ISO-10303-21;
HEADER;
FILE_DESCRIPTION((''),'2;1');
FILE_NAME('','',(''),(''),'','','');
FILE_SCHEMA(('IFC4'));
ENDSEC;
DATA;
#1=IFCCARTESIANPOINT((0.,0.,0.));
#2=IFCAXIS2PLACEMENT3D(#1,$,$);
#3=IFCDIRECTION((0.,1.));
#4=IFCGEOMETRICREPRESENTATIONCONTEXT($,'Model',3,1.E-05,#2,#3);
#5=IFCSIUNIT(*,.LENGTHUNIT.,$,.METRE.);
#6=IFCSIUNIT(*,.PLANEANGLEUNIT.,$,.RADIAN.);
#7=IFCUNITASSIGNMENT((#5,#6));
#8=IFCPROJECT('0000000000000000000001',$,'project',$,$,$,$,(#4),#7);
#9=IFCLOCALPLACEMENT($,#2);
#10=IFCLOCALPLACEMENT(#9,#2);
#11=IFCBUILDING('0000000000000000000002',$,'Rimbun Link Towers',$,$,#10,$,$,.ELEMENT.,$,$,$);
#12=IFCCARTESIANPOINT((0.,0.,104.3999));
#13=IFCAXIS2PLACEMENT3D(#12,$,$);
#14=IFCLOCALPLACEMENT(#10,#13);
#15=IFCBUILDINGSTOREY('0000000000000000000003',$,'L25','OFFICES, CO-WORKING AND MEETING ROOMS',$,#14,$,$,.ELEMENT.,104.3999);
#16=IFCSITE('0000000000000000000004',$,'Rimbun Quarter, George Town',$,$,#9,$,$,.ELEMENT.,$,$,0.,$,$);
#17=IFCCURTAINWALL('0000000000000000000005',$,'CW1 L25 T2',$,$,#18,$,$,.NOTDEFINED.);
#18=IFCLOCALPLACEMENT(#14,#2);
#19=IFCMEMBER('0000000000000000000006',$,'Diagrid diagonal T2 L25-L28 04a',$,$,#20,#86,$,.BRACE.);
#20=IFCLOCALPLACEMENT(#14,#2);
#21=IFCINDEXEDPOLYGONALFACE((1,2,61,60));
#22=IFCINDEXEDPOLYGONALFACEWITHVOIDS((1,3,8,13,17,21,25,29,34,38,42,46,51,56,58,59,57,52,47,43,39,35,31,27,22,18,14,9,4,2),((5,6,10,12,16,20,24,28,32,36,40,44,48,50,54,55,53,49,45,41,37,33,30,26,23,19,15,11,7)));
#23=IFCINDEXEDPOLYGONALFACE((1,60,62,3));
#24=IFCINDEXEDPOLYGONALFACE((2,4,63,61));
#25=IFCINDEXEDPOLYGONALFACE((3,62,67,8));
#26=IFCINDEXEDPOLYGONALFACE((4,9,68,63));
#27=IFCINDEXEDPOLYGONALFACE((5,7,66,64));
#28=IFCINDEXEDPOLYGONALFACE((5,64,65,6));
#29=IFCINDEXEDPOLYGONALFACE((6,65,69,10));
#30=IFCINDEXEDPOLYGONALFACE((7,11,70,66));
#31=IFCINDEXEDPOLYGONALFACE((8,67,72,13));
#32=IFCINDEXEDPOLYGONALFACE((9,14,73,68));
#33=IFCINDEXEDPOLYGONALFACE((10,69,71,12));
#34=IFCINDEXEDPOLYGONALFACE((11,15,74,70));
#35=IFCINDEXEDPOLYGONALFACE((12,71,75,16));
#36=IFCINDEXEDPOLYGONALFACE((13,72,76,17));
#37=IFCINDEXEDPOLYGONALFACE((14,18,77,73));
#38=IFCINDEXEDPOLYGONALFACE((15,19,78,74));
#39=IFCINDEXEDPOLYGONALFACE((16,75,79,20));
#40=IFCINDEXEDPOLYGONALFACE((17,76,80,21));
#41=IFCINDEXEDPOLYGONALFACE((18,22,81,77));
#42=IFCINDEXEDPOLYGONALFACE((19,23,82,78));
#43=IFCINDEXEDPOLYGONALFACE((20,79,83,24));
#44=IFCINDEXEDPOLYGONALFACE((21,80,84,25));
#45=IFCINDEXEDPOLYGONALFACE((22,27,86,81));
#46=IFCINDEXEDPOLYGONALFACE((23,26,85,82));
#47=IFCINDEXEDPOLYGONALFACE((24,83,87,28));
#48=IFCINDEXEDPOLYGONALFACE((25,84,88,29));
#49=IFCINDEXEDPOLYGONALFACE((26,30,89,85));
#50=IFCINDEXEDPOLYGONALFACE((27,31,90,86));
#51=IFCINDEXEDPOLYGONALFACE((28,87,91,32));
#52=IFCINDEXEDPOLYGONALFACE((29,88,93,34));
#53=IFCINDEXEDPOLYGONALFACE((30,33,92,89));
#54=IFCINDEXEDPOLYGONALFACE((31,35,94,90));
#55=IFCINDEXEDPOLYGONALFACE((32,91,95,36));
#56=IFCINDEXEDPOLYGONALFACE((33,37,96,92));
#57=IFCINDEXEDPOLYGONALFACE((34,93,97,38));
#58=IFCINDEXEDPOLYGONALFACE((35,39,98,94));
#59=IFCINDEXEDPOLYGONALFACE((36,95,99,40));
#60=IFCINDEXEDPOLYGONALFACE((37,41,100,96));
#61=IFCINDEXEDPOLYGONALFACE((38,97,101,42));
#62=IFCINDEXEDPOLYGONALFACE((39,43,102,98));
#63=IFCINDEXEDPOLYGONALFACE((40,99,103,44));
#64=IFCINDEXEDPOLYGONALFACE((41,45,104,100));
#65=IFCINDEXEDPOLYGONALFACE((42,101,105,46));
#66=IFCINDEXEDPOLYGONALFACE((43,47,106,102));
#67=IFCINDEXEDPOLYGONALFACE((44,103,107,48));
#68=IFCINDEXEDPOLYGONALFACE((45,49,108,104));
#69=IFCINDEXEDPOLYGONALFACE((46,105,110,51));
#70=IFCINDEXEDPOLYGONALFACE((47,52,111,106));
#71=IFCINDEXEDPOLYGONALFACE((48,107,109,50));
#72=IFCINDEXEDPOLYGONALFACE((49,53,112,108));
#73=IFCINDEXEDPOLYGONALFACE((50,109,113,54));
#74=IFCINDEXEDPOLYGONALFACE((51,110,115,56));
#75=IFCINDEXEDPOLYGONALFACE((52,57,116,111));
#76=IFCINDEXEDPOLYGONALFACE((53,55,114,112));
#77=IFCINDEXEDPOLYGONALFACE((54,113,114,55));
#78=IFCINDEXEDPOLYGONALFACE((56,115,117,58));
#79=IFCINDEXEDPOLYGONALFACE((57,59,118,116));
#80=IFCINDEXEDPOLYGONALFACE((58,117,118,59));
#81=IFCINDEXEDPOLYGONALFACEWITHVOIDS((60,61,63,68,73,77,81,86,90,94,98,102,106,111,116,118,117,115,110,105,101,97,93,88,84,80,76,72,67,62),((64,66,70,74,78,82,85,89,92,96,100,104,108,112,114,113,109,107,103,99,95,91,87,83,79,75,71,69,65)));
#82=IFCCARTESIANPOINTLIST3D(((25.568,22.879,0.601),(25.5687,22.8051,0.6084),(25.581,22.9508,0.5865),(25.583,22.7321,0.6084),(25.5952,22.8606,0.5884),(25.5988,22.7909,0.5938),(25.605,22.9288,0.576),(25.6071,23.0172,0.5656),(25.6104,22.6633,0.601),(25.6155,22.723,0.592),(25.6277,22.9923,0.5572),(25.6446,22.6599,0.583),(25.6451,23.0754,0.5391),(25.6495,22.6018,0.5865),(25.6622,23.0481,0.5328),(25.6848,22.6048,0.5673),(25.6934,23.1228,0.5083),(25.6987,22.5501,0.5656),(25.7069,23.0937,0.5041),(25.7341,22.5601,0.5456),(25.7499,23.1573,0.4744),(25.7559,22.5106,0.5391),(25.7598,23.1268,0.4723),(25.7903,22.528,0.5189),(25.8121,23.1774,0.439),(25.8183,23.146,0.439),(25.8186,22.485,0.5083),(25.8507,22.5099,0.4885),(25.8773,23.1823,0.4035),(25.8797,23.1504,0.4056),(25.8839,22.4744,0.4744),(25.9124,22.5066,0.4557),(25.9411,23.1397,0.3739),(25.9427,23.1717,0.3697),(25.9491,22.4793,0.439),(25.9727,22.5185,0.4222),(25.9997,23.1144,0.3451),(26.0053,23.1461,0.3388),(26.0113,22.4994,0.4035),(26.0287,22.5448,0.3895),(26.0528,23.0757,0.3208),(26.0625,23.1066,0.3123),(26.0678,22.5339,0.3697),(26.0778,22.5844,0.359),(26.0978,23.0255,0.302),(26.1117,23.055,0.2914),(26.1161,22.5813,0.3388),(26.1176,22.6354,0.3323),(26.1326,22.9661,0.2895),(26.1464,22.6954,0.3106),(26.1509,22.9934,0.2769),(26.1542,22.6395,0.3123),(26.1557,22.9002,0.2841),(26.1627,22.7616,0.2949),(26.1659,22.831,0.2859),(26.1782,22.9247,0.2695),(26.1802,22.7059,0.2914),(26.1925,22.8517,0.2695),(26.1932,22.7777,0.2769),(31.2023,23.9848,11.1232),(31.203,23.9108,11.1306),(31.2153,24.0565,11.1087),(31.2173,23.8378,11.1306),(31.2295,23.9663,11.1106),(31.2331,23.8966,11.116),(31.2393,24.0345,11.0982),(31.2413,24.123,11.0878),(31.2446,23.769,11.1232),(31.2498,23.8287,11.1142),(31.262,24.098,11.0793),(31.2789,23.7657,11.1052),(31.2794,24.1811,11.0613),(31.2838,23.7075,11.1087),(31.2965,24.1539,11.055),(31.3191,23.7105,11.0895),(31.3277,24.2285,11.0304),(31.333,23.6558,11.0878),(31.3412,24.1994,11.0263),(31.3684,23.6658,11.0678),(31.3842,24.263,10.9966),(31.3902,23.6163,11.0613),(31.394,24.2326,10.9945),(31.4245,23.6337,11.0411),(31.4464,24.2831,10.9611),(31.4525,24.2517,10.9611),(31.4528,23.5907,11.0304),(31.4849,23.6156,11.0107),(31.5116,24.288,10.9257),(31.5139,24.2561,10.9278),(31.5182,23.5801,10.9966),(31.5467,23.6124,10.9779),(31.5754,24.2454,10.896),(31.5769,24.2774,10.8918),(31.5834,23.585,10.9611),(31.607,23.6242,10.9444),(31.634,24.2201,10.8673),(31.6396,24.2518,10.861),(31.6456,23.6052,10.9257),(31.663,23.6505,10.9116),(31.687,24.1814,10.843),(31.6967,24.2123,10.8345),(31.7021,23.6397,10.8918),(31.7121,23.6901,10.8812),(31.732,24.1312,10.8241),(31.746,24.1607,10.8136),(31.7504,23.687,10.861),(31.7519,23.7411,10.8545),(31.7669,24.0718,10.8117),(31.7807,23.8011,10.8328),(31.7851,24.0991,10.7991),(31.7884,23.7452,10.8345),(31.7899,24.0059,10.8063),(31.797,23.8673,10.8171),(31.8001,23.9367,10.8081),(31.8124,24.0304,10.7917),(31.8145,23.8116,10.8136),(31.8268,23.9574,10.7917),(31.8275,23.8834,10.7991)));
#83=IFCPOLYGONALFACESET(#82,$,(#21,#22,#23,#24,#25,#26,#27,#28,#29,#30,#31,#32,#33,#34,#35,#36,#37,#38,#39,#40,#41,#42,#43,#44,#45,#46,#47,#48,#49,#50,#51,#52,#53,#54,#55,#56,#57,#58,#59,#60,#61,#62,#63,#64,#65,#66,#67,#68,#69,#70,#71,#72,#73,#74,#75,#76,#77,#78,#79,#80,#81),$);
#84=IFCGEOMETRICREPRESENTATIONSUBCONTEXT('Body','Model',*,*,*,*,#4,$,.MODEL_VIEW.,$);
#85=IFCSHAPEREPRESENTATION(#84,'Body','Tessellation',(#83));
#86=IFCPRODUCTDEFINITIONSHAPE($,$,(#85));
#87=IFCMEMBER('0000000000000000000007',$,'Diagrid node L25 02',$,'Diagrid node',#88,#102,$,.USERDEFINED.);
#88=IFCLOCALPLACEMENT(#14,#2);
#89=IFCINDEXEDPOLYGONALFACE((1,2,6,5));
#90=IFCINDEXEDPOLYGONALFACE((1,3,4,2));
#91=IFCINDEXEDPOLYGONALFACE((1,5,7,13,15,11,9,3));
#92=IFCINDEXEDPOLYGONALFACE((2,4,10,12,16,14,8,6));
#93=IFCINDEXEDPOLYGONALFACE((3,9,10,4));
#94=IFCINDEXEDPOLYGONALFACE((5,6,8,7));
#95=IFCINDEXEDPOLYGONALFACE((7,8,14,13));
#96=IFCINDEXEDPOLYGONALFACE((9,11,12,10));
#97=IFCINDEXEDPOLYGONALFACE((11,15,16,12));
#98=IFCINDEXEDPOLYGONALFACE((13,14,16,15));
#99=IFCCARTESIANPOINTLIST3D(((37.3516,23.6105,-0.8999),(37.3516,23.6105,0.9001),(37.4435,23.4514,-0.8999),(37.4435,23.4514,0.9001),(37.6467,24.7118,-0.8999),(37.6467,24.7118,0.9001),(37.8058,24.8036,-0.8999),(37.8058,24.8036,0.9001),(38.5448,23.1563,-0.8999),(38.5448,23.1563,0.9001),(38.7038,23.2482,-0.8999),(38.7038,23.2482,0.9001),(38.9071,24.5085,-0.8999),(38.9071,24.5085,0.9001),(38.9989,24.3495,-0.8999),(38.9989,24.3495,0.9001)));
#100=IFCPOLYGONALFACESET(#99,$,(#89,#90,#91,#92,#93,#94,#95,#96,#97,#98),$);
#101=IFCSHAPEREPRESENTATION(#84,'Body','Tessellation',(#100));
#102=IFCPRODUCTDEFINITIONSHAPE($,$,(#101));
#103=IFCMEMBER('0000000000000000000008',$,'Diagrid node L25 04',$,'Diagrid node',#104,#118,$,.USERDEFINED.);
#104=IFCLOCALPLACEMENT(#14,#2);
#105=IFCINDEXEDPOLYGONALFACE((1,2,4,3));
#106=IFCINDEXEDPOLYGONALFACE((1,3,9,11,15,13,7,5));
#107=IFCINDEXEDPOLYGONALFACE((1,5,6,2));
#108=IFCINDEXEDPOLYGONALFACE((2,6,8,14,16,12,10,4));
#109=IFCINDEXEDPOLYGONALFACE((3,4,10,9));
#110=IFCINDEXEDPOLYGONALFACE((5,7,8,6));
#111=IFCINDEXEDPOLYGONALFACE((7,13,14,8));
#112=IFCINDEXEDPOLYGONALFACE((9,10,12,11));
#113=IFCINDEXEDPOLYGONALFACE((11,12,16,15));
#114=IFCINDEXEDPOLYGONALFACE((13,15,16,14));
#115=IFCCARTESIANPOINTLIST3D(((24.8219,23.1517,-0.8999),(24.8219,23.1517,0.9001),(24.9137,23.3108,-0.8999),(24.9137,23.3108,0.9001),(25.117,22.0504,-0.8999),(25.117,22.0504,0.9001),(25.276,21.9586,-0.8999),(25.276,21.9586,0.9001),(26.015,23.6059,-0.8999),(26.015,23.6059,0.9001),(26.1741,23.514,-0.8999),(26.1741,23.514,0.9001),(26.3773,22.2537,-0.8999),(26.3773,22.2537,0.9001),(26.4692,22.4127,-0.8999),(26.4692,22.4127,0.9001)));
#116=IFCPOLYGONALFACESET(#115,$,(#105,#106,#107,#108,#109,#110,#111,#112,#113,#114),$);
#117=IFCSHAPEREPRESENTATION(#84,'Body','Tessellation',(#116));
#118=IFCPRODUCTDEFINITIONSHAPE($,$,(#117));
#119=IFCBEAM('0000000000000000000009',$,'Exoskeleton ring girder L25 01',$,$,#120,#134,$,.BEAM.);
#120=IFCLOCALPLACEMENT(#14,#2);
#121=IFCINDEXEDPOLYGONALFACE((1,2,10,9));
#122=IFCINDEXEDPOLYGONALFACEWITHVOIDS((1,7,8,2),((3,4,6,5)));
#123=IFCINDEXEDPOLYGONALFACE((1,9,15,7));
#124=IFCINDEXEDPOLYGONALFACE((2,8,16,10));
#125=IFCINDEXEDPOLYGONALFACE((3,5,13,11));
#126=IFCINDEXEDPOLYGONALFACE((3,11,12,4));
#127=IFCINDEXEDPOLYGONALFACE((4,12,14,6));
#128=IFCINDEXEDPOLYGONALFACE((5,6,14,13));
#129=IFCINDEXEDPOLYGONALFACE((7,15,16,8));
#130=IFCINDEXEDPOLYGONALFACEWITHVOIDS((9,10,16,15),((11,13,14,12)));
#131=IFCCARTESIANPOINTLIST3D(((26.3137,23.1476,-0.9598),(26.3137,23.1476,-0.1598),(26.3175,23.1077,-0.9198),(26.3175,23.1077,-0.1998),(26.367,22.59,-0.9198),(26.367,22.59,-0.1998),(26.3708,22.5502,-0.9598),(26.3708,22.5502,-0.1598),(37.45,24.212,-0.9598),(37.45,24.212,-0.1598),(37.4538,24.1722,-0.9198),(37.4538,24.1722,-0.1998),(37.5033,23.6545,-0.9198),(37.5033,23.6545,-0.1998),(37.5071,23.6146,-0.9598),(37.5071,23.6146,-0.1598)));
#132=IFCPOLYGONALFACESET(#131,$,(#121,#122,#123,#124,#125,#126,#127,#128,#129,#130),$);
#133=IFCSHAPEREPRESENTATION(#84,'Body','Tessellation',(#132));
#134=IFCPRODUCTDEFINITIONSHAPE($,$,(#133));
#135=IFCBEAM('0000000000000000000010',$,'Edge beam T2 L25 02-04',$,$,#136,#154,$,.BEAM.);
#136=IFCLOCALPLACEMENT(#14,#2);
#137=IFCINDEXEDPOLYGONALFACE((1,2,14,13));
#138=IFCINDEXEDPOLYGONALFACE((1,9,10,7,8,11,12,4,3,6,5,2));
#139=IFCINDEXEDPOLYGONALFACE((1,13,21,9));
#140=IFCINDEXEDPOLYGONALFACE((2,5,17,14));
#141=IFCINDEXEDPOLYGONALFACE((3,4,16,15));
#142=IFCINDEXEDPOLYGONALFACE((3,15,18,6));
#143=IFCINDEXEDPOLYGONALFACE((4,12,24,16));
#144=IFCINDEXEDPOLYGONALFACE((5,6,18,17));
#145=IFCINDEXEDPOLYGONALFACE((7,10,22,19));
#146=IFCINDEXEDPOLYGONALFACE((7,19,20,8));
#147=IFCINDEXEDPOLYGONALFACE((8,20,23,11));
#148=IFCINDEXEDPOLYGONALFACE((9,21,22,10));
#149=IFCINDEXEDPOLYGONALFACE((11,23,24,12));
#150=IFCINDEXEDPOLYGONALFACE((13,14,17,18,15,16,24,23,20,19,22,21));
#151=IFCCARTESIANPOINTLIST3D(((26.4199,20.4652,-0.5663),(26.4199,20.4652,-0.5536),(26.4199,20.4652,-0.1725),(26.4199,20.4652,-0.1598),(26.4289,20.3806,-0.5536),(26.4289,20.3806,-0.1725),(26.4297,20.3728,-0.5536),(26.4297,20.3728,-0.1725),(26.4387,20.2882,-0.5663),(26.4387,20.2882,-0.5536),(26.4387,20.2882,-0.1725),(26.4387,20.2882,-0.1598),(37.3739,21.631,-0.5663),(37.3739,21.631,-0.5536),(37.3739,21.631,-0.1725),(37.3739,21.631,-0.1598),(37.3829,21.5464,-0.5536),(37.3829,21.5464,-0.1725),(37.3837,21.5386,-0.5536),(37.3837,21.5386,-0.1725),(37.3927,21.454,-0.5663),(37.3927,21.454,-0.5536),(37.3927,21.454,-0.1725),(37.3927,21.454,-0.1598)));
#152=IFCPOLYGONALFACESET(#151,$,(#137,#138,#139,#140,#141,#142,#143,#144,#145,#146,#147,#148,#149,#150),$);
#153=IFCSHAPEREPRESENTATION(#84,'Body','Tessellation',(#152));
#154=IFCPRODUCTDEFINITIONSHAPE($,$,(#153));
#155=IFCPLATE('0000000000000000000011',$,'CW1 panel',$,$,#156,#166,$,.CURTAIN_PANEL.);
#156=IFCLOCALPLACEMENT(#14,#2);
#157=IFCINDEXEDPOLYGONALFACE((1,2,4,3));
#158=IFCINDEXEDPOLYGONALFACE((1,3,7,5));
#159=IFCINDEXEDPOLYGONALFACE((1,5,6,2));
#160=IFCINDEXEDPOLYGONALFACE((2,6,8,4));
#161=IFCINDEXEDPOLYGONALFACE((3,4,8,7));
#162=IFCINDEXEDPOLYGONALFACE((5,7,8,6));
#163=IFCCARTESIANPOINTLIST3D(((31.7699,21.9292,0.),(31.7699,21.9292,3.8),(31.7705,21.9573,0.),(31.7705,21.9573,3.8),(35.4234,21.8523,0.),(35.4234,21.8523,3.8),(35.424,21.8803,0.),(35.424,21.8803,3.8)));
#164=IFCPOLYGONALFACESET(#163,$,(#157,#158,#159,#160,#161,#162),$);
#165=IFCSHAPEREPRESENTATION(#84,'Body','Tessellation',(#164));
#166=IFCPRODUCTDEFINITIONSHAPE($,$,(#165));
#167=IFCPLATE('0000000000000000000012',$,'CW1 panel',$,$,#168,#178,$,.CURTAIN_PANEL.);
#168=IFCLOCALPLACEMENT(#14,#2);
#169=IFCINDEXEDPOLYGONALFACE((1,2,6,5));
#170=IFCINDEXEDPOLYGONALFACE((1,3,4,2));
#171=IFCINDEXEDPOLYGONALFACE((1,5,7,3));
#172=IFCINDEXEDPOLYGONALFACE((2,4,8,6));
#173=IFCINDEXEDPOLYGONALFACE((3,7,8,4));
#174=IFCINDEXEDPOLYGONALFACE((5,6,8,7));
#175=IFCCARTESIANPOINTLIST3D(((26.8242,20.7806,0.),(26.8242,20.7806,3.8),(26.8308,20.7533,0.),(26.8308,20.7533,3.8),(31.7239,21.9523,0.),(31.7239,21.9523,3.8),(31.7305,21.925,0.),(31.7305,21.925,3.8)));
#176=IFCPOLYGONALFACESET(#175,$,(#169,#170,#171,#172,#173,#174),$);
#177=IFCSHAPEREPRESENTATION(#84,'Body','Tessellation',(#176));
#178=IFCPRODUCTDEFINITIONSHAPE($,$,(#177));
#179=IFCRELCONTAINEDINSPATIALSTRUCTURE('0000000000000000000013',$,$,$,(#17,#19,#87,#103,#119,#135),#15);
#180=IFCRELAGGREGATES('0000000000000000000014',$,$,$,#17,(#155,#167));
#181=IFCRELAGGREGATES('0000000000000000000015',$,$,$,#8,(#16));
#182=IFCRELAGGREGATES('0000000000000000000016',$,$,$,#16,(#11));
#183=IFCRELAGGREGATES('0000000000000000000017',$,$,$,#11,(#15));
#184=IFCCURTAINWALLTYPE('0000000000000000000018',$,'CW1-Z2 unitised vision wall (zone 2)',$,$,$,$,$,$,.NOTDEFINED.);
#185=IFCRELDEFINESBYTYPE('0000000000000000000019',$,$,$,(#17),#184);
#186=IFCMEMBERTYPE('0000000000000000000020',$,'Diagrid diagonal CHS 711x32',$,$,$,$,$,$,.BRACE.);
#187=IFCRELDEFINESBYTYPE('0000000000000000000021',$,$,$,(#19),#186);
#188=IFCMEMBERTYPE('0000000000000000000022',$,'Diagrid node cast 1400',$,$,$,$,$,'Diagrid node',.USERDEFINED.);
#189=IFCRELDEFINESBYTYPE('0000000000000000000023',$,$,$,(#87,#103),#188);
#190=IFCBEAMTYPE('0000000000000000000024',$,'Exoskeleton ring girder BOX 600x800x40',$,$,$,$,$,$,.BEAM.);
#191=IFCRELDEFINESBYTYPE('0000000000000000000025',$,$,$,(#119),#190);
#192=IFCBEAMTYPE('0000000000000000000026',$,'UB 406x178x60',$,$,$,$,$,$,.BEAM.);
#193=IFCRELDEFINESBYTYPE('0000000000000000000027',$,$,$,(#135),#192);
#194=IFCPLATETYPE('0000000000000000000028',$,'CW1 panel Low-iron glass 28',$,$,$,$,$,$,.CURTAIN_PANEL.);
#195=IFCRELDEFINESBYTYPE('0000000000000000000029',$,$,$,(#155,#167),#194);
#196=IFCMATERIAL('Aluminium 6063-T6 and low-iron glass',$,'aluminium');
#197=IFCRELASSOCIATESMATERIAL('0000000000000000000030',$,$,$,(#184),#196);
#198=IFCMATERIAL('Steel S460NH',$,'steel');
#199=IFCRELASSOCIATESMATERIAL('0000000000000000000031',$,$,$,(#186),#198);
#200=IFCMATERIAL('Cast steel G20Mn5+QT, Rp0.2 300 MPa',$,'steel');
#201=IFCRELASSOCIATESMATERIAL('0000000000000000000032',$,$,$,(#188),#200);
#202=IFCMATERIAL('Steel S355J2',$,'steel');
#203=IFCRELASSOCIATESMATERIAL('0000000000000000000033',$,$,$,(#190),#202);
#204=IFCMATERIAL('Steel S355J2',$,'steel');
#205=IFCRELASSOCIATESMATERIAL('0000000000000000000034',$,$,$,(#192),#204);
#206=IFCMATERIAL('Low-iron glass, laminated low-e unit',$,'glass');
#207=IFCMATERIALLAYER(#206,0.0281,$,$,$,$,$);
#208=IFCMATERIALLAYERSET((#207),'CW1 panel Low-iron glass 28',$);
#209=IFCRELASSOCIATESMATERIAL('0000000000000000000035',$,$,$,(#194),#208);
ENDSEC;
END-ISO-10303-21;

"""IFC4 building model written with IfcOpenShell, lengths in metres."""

from ifc_helpers import new_model, si_unit, direction, frame, origin, origin_2d, place, context, subcontext, project, spatial, polyline, rectangle, hollow_rectangle, hollow_circle, i_section, outline, extrude, material, layer, layer_set, material_profile, profile_set, type_object, element, aggregate, save


model = new_model("IFC4")

# Units and contexts
model_context = context("Model", 3, precision=1e-05, world=origin(), true_north=direction((0.0, 1.0)))
body_context = subcontext(model_context, "Body", "Model", "MODEL_VIEW")
ifc_project = project(units=[si_unit("LENGTHUNIT", "METRE"), si_unit("PLANEANGLEUNIT", "RADIAN")], contexts=[model_context])

# Site, building, storey
site_placement = place(None, origin())
site = spatial("IfcSite", under=ifc_project, at=site_placement, Name="Rimbun Quarter, George Town", CompositionType="ELEMENT", RefElevation=0.0)
building_placement = place(site_placement, origin())
building = spatial("IfcBuilding", under=site, at=building_placement, Name="Rimbun Link Towers", CompositionType="ELEMENT")
storey_placement = place(building_placement, frame((0.0, 0.0, 104.3999)))
storey = spatial("IfcBuildingStorey", under=building, at=storey_placement, Name="L25", Description="OFFICES, CO-WORKING AND MEETING ROOMS", CompositionType="ELEMENT", Elevation=104.3999)

# Curtain wall
ifc_material_1 = material(Name="Aluminium 6063-T6 and low-iron glass", Category="aluminium")
curtain_wall_type = type_object("IfcCurtainWallType", Name="CW1-Z2 unitised vision wall (zone 2)", PredefinedType="NOTDEFINED", material=ifc_material_1)
curtain_wall_placement = place(storey_placement, origin())
curtain_wall = element("IfcCurtainWall", 1, at=curtain_wall_placement, inside=storey, type_object=curtain_wall_type, Name="CW1 L25 T2", PredefinedType="NOTDEFINED")

# Members
ifc_material_2 = material(Name="Steel S460NH", Category="steel")
ifc_material_profile_1 = material_profile(ifc_material_2, hollow_circle(Radius=0.3557, WallThickness=0.032, at=origin_2d()), Name="Diagrid diagonal CHS 711x32")
ifc_profile_set_1 = profile_set([ifc_material_profile_1], Name="Steel S460NH")
member_type_1 = type_object("IfcMemberType", Name="Diagrid diagonal CHS 711x32", PredefinedType="BRACE", material=ifc_profile_set_1)
member_1_placement = place(storey_placement, frame((25.8806, 22.8284, 0.439), z_axis=(0.470038, 0.092244, 0.877813), x_axis=(-0.192574, 0.981282, 0.0)))
element("IfcMember", 2, at=member_1_placement, inside=storey, type_object=member_type_1, Name="Diagrid diagonal T2 L25-L28 04a", PredefinedType="BRACE", context=body_context, shape_type="SweptSolid", body=[
    extrude(hollow_circle(Radius=0.3557, WallThickness=0.032, at=origin_2d()), origin(), (0.0, 0.0, 1.0), 11.9868),
])
ifc_material_3 = material(Name="Cast steel G20Mn5+QT, Rp0.2 300 MPa", Category="steel")
ifc_material_profile_2 = material_profile(ifc_material_3, outline(polyline([(0.7, -0.5701), (0.7, 0.5701), (0.5701, 0.7), (-0.5701, 0.7), (-0.7, 0.5701), (-0.7, -0.5701), (-0.5701, -0.7), (0.5701, -0.7), (0.7, -0.5701)])), Name="NODE 1400x1400")
ifc_profile_set_2 = profile_set([ifc_material_profile_2], Name="Cast steel G20Mn5+QT, Rp0.2 300 MPa")
member_type_2 = type_object("IfcMemberType", Name="Diagrid node cast 1400", ElementType="Diagrid node", PredefinedType="USERDEFINED", material=ifc_profile_set_2)
for number, where, z_axis, x_axis, name in (
    (3, (38.1753, 23.98, -0.8999), (0.0, 0.0, 1.0), (0.258819, 0.965926, 0.0), "Diagrid node L25 02"),
    (4, (25.6455, 22.7822, -0.8999), (0.0, 0.0, 1.0), (-0.258819, 0.965926, 0.0), "Diagrid node L25 04"),
):
    element("IfcMember", number, at=place(storey_placement, frame(where, z_axis=z_axis, x_axis=x_axis)), inside=storey, type_object=member_type_2, Name=name, ObjectType="Diagrid node", PredefinedType="USERDEFINED", context=body_context, shape_type="SweptSolid", body=[
        extrude(outline(polyline([(0.7, -0.5701), (0.7, 0.5701), (0.5701, 0.7), (-0.5701, 0.7), (-0.7, 0.5701), (-0.7, -0.5701), (-0.5701, -0.7), (0.5701, -0.7), (0.7, -0.5701)])), origin(), (0.0, 0.0, 1.0), 1.8),
    ])

# Beams
ifc_material_4 = material(Name="Steel S355J2", Category="steel")
ifc_material_profile_3 = material_profile(ifc_material_4, hollow_rectangle(XDim=0.6001, YDim=0.8, WallThickness=0.04, at=origin_2d()), Name="Exoskeleton ring girder BOX 600x800x40")
ifc_profile_set_3 = profile_set([ifc_material_profile_3], Name="Steel S355J2")
beam_type_1 = type_object("IfcBeamType", Name="Exoskeleton ring girder BOX 600x800x40", PredefinedType="BEAM", material=ifc_profile_set_3)
beam_1_placement = place(storey_placement, frame((37.4785, 23.9133, -0.5598), z_axis=(-0.995463, -0.095151, 0.0), x_axis=(0.095151, -0.995463, 0.0)))
element("IfcBeam", 5, at=beam_1_placement, inside=storey, type_object=beam_type_1, Name="Exoskeleton ring girder L25 01", PredefinedType="BEAM", context=body_context, shape_type="SweptSolid", body=[
    extrude(hollow_rectangle(XDim=0.6001, YDim=0.8, WallThickness=0.04, at=origin_2d()), origin(), (0.0, 0.0, 1.0), 11.187),
])
ifc_material_5 = material(Name="Steel S355J2", Category="steel")
ifc_material_profile_4 = material_profile(ifc_material_5, i_section(OverallWidth=0.178, OverallDepth=0.4065, WebThickness=0.0078, FlangeThickness=0.0127, at=origin_2d()), Name="UB 406x178x60")
ifc_profile_set_4 = profile_set([ifc_material_profile_4], Name="Steel S355J2")
beam_type_2 = type_object("IfcBeamType", Name="UB 406x178x60", PredefinedType="BEAM", material=ifc_profile_set_4)
beam_2_placement = place(storey_placement, frame((37.3833, 21.5425, -0.363), z_axis=(-0.994385, -0.105826, 0.0), x_axis=(0.105826, -0.994385, 0.0)))
element("IfcBeam", 6, at=beam_2_placement, inside=storey, type_object=beam_type_2, Name="Edge beam T2 L25 02-04", PredefinedType="BEAM", context=body_context, shape_type="SweptSolid", body=[
    extrude(i_section(OverallWidth=0.178, OverallDepth=0.4065, WebThickness=0.0078, FlangeThickness=0.0127, at=origin_2d()), origin(), (0.0, 0.0, 1.0), 11.0159),
])

# Plates
ifc_material_6 = material(Name="Low-iron glass, laminated low-e unit", Category="glass")
ifc_layer = layer(ifc_material_6, 0.0281)
ifc_layer_set = layer_set([ifc_layer], Name="CW1 panel Low-iron glass 28")
plate_type = type_object("IfcPlateType", Name="CW1 panel Low-iron glass 28", PredefinedType="CURTAIN_PANEL", material=ifc_layer_set)
plate_1_placement = place(storey_placement, frame((33.5969, 21.9048, 0.0), z_axis=(0.0, 0.0, 1.0), x_axis=(0.999778, -0.021063, 0.0)))
plate_1 = element("IfcPlate", 7, at=plate_1_placement, type_object=plate_type, Name="CW1 panel", PredefinedType="CURTAIN_PANEL", context=body_context, shape_type="SweptSolid", body=[
    extrude(rectangle(XDim=3.6543, YDim=0.0281, at=origin_2d()), origin(), (0.0, 0.0, 1.0), 3.8),
])
plate_2_placement = place(storey_placement, frame((29.2773, 21.3528, 0.0), z_axis=(0.0, 0.0, 1.0), x_axis=(0.972576, 0.232586, 0.0)))
plate_2 = element("IfcPlate", 8, at=plate_2_placement, type_object=plate_type, Name="CW1 panel", PredefinedType="CURTAIN_PANEL", context=body_context, shape_type="SweptSolid", body=[
    extrude(rectangle(XDim=5.0378, YDim=0.0281, at=origin_2d()), origin(), (0.0, 0.0, 1.0), 3.8),
])
aggregate(curtain_wall, [plate_1, plate_2])

save(model, "model.ifc")
